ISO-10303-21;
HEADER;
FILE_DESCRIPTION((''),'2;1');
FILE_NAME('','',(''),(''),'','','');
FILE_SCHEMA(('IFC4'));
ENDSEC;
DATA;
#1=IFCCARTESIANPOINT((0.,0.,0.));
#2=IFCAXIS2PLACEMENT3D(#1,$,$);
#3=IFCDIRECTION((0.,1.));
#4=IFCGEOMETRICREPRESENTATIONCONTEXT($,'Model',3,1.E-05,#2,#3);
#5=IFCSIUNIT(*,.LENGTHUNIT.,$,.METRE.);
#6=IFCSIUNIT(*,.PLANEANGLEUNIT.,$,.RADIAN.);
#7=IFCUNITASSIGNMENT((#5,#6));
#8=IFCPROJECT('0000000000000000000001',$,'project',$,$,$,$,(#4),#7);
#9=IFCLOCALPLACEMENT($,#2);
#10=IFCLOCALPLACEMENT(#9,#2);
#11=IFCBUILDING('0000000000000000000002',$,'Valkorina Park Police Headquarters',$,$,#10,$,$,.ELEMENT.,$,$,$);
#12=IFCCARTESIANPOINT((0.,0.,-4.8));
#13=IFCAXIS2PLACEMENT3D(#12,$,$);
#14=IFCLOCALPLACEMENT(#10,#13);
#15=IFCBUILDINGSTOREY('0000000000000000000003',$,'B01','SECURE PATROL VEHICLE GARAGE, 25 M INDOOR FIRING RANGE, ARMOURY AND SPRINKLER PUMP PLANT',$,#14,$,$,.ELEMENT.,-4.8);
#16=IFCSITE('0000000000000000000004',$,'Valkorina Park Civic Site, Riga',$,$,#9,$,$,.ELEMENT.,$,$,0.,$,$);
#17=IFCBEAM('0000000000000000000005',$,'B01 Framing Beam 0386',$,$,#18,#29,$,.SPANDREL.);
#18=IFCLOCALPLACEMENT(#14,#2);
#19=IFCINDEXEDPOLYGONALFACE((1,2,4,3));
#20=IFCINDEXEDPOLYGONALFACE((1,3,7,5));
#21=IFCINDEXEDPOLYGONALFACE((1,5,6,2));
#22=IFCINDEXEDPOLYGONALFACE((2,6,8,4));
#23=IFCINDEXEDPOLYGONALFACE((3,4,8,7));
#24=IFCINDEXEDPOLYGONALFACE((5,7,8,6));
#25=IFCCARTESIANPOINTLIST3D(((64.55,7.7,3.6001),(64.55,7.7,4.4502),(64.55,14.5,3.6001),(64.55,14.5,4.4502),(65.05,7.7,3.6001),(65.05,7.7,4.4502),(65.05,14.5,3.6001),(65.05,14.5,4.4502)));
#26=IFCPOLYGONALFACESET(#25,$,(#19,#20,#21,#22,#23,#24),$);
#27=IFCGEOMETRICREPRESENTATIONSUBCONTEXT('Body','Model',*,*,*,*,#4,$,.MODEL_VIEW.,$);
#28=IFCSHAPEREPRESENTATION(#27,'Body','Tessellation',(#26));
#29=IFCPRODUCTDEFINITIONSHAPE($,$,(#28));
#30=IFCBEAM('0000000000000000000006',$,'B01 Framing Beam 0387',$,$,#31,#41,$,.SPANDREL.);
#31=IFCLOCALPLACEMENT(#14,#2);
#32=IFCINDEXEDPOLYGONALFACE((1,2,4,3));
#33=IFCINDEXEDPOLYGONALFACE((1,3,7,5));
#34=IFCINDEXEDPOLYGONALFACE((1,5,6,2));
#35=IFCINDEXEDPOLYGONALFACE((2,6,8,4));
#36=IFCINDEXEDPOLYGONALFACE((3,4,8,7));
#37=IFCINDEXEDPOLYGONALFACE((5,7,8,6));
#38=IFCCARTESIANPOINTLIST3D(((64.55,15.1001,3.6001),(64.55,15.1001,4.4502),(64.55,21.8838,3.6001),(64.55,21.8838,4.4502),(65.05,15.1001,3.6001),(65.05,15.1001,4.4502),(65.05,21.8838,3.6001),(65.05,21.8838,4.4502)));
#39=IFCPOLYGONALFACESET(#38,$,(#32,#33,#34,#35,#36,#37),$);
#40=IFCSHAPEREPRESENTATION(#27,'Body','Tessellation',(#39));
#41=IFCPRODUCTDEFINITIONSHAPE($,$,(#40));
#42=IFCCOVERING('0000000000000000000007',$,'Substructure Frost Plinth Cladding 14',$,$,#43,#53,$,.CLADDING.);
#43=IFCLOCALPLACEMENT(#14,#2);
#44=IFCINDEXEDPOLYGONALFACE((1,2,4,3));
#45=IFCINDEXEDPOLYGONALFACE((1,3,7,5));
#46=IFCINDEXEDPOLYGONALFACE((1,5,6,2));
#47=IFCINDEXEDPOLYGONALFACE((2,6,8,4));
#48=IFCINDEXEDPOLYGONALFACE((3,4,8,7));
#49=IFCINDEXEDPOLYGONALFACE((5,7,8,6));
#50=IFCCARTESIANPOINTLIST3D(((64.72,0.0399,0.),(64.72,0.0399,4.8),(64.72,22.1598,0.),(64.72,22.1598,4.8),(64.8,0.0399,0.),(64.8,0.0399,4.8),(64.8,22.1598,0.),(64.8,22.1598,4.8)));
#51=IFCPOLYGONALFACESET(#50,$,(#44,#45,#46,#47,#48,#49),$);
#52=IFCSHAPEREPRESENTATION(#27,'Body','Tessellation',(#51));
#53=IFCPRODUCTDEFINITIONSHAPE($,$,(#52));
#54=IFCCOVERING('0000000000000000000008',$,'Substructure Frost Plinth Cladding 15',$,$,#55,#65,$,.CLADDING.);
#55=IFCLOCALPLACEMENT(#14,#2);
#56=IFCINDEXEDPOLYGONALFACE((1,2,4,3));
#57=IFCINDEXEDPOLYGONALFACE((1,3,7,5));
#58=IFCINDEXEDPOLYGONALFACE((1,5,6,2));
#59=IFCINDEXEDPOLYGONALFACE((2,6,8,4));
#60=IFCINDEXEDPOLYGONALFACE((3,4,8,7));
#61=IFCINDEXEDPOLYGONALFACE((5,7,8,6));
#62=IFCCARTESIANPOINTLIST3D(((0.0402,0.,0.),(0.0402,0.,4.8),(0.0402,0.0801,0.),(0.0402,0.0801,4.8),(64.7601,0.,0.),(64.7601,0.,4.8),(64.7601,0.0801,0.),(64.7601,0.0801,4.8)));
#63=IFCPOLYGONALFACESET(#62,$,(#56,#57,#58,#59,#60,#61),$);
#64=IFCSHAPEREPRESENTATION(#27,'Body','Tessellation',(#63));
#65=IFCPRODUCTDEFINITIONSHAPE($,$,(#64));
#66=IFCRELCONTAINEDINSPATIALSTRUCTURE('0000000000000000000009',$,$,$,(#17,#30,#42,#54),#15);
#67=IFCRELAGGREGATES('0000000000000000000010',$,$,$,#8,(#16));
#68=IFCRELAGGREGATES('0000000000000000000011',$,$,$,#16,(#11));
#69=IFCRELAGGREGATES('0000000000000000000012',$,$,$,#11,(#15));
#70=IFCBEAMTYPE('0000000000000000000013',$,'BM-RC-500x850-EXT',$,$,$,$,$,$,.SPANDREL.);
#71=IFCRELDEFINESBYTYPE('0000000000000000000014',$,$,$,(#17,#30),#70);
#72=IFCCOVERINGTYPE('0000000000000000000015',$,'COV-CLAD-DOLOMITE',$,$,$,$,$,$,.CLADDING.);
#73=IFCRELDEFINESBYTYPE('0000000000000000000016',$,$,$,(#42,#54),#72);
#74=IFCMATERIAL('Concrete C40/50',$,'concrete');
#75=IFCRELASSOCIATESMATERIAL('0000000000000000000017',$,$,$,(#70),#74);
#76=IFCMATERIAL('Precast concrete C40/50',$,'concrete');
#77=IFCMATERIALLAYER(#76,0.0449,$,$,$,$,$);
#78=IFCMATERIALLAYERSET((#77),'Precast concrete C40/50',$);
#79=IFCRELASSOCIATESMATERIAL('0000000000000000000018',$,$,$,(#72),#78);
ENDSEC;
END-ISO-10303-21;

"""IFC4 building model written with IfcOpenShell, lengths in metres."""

from ifc_helpers import new_model, si_unit, direction, frame, frame_2d, origin, origin_2d, place, context, subcontext, project, spatial, rectangle, extrude, material, layer, layer_set, material_profile, profile_set, type_object, element, save


model = new_model("IFC4")

# Units and contexts
model_context = context("Model", 3, precision=1e-05, world=origin(), true_north=direction((0.0, 1.0)))
body_context = subcontext(model_context, "Body", "Model", "MODEL_VIEW")
ifc_project = project(units=[si_unit("LENGTHUNIT", "METRE"), si_unit("PLANEANGLEUNIT", "RADIAN")], contexts=[model_context])

# Site, building, storey
site_placement = place(None, origin())
site = spatial("IfcSite", under=ifc_project, at=site_placement, Name="Valkorina Park Civic Site, Riga", CompositionType="ELEMENT", RefElevation=0.0)
building_placement = place(site_placement, origin())
building = spatial("IfcBuilding", under=site, at=building_placement, Name="Valkorina Park Police Headquarters", CompositionType="ELEMENT")
storey_placement = place(building_placement, frame((0.0, 0.0, -4.8)))
storey = spatial("IfcBuildingStorey", under=building, at=storey_placement, Name="B01", Description="SECURE PATROL VEHICLE GARAGE, 25 M INDOOR FIRING RANGE, ARMOURY AND SPRINKLER PUMP PLANT", CompositionType="ELEMENT", Elevation=-4.8)

# Shared definitions
ifc_material_1 = material(Name="Concrete C40/50", Category="concrete")

# Beams
ifc_material_profile_1 = material_profile(ifc_material_1, rectangle(XDim=0.5, YDim=0.8501, at=origin_2d()), Name="RC BEAM 500x850")
ifc_profile_set_1 = profile_set([ifc_material_profile_1], Name="Concrete C40/50")
beam_type = type_object("IfcBeamType", Name="BM-RC-500x850-EXT", PredefinedType="SPANDREL", material=ifc_profile_set_1)
for number, where, z_axis, x_axis, name in (
    (1, (64.8, 7.7, 4.0251), (0.0, 1.0, 0.0), (-1.0, 0.0, 0.0), "B01 Framing Beam 0386"),
):
    element("IfcBeam", number, at=place(storey_placement, frame(where, z_axis=z_axis, x_axis=x_axis)), inside=storey, type_object=beam_type, Name=name, PredefinedType="SPANDREL", context=body_context, shape_type="SweptSolid", body=[
        extrude(rectangle(XDim=0.5, YDim=0.8501, at=origin_2d()), origin(), (0.0, 0.0, 1.0), 6.8),
    ])
beam_1_placement = place(storey_placement, frame((64.8, 15.1001, 4.0251), z_axis=(0.0, 1.0, 0.0), x_axis=(-1.0, 0.0, 0.0)))
element("IfcBeam", 2, at=beam_1_placement, inside=storey, type_object=beam_type, Name="B01 Framing Beam 0387", PredefinedType="SPANDREL", context=body_context, shape_type="SweptSolid", body=[
    extrude(rectangle(XDim=0.5, YDim=0.8501, at=origin_2d()), origin(), (0.0, 0.0, 1.0), 6.7837),
])

# Coverings
ifc_material_2 = material(Name="Precast concrete C40/50", Category="concrete")
ifc_layer = layer(ifc_material_2, 0.0449)
ifc_layer_set = layer_set([ifc_layer], Name="Precast concrete C40/50")
covering_type = type_object("IfcCoveringType", Name="COV-CLAD-DOLOMITE", PredefinedType="CLADDING", material=ifc_layer_set)
covering_1_placement = place(storey_placement, frame((64.76, 22.1599, 0.0), z_axis=(0.0, 0.0, 1.0), x_axis=(0.0, -1.0, 0.0)))
element("IfcCovering", 3, at=covering_1_placement, inside=storey, type_object=covering_type, Name="Substructure Frost Plinth Cladding 14", PredefinedType="CLADDING", context=body_context, shape_type="SweptSolid", body=[
    extrude(rectangle(XDim=22.1199, YDim=0.0801, at=frame_2d((11.0601, 0.0))), origin(), (0.0, 0.0, 1.0), 4.8),
])
covering_2_placement = place(storey_placement, frame((64.76, 0.04, 0.0), z_axis=(0.0, 0.0, 1.0), x_axis=(-1.0, 0.0, 0.0)))
element("IfcCovering", 4, at=covering_2_placement, inside=storey, type_object=covering_type, Name="Substructure Frost Plinth Cladding 15", PredefinedType="CLADDING", context=body_context, shape_type="SweptSolid", body=[
    extrude(rectangle(XDim=64.72, YDim=0.0801, at=frame_2d((32.3599, 0.0))), origin(), (0.0, 0.0, 1.0), 4.8),
])

save(model, "model.ifc")
